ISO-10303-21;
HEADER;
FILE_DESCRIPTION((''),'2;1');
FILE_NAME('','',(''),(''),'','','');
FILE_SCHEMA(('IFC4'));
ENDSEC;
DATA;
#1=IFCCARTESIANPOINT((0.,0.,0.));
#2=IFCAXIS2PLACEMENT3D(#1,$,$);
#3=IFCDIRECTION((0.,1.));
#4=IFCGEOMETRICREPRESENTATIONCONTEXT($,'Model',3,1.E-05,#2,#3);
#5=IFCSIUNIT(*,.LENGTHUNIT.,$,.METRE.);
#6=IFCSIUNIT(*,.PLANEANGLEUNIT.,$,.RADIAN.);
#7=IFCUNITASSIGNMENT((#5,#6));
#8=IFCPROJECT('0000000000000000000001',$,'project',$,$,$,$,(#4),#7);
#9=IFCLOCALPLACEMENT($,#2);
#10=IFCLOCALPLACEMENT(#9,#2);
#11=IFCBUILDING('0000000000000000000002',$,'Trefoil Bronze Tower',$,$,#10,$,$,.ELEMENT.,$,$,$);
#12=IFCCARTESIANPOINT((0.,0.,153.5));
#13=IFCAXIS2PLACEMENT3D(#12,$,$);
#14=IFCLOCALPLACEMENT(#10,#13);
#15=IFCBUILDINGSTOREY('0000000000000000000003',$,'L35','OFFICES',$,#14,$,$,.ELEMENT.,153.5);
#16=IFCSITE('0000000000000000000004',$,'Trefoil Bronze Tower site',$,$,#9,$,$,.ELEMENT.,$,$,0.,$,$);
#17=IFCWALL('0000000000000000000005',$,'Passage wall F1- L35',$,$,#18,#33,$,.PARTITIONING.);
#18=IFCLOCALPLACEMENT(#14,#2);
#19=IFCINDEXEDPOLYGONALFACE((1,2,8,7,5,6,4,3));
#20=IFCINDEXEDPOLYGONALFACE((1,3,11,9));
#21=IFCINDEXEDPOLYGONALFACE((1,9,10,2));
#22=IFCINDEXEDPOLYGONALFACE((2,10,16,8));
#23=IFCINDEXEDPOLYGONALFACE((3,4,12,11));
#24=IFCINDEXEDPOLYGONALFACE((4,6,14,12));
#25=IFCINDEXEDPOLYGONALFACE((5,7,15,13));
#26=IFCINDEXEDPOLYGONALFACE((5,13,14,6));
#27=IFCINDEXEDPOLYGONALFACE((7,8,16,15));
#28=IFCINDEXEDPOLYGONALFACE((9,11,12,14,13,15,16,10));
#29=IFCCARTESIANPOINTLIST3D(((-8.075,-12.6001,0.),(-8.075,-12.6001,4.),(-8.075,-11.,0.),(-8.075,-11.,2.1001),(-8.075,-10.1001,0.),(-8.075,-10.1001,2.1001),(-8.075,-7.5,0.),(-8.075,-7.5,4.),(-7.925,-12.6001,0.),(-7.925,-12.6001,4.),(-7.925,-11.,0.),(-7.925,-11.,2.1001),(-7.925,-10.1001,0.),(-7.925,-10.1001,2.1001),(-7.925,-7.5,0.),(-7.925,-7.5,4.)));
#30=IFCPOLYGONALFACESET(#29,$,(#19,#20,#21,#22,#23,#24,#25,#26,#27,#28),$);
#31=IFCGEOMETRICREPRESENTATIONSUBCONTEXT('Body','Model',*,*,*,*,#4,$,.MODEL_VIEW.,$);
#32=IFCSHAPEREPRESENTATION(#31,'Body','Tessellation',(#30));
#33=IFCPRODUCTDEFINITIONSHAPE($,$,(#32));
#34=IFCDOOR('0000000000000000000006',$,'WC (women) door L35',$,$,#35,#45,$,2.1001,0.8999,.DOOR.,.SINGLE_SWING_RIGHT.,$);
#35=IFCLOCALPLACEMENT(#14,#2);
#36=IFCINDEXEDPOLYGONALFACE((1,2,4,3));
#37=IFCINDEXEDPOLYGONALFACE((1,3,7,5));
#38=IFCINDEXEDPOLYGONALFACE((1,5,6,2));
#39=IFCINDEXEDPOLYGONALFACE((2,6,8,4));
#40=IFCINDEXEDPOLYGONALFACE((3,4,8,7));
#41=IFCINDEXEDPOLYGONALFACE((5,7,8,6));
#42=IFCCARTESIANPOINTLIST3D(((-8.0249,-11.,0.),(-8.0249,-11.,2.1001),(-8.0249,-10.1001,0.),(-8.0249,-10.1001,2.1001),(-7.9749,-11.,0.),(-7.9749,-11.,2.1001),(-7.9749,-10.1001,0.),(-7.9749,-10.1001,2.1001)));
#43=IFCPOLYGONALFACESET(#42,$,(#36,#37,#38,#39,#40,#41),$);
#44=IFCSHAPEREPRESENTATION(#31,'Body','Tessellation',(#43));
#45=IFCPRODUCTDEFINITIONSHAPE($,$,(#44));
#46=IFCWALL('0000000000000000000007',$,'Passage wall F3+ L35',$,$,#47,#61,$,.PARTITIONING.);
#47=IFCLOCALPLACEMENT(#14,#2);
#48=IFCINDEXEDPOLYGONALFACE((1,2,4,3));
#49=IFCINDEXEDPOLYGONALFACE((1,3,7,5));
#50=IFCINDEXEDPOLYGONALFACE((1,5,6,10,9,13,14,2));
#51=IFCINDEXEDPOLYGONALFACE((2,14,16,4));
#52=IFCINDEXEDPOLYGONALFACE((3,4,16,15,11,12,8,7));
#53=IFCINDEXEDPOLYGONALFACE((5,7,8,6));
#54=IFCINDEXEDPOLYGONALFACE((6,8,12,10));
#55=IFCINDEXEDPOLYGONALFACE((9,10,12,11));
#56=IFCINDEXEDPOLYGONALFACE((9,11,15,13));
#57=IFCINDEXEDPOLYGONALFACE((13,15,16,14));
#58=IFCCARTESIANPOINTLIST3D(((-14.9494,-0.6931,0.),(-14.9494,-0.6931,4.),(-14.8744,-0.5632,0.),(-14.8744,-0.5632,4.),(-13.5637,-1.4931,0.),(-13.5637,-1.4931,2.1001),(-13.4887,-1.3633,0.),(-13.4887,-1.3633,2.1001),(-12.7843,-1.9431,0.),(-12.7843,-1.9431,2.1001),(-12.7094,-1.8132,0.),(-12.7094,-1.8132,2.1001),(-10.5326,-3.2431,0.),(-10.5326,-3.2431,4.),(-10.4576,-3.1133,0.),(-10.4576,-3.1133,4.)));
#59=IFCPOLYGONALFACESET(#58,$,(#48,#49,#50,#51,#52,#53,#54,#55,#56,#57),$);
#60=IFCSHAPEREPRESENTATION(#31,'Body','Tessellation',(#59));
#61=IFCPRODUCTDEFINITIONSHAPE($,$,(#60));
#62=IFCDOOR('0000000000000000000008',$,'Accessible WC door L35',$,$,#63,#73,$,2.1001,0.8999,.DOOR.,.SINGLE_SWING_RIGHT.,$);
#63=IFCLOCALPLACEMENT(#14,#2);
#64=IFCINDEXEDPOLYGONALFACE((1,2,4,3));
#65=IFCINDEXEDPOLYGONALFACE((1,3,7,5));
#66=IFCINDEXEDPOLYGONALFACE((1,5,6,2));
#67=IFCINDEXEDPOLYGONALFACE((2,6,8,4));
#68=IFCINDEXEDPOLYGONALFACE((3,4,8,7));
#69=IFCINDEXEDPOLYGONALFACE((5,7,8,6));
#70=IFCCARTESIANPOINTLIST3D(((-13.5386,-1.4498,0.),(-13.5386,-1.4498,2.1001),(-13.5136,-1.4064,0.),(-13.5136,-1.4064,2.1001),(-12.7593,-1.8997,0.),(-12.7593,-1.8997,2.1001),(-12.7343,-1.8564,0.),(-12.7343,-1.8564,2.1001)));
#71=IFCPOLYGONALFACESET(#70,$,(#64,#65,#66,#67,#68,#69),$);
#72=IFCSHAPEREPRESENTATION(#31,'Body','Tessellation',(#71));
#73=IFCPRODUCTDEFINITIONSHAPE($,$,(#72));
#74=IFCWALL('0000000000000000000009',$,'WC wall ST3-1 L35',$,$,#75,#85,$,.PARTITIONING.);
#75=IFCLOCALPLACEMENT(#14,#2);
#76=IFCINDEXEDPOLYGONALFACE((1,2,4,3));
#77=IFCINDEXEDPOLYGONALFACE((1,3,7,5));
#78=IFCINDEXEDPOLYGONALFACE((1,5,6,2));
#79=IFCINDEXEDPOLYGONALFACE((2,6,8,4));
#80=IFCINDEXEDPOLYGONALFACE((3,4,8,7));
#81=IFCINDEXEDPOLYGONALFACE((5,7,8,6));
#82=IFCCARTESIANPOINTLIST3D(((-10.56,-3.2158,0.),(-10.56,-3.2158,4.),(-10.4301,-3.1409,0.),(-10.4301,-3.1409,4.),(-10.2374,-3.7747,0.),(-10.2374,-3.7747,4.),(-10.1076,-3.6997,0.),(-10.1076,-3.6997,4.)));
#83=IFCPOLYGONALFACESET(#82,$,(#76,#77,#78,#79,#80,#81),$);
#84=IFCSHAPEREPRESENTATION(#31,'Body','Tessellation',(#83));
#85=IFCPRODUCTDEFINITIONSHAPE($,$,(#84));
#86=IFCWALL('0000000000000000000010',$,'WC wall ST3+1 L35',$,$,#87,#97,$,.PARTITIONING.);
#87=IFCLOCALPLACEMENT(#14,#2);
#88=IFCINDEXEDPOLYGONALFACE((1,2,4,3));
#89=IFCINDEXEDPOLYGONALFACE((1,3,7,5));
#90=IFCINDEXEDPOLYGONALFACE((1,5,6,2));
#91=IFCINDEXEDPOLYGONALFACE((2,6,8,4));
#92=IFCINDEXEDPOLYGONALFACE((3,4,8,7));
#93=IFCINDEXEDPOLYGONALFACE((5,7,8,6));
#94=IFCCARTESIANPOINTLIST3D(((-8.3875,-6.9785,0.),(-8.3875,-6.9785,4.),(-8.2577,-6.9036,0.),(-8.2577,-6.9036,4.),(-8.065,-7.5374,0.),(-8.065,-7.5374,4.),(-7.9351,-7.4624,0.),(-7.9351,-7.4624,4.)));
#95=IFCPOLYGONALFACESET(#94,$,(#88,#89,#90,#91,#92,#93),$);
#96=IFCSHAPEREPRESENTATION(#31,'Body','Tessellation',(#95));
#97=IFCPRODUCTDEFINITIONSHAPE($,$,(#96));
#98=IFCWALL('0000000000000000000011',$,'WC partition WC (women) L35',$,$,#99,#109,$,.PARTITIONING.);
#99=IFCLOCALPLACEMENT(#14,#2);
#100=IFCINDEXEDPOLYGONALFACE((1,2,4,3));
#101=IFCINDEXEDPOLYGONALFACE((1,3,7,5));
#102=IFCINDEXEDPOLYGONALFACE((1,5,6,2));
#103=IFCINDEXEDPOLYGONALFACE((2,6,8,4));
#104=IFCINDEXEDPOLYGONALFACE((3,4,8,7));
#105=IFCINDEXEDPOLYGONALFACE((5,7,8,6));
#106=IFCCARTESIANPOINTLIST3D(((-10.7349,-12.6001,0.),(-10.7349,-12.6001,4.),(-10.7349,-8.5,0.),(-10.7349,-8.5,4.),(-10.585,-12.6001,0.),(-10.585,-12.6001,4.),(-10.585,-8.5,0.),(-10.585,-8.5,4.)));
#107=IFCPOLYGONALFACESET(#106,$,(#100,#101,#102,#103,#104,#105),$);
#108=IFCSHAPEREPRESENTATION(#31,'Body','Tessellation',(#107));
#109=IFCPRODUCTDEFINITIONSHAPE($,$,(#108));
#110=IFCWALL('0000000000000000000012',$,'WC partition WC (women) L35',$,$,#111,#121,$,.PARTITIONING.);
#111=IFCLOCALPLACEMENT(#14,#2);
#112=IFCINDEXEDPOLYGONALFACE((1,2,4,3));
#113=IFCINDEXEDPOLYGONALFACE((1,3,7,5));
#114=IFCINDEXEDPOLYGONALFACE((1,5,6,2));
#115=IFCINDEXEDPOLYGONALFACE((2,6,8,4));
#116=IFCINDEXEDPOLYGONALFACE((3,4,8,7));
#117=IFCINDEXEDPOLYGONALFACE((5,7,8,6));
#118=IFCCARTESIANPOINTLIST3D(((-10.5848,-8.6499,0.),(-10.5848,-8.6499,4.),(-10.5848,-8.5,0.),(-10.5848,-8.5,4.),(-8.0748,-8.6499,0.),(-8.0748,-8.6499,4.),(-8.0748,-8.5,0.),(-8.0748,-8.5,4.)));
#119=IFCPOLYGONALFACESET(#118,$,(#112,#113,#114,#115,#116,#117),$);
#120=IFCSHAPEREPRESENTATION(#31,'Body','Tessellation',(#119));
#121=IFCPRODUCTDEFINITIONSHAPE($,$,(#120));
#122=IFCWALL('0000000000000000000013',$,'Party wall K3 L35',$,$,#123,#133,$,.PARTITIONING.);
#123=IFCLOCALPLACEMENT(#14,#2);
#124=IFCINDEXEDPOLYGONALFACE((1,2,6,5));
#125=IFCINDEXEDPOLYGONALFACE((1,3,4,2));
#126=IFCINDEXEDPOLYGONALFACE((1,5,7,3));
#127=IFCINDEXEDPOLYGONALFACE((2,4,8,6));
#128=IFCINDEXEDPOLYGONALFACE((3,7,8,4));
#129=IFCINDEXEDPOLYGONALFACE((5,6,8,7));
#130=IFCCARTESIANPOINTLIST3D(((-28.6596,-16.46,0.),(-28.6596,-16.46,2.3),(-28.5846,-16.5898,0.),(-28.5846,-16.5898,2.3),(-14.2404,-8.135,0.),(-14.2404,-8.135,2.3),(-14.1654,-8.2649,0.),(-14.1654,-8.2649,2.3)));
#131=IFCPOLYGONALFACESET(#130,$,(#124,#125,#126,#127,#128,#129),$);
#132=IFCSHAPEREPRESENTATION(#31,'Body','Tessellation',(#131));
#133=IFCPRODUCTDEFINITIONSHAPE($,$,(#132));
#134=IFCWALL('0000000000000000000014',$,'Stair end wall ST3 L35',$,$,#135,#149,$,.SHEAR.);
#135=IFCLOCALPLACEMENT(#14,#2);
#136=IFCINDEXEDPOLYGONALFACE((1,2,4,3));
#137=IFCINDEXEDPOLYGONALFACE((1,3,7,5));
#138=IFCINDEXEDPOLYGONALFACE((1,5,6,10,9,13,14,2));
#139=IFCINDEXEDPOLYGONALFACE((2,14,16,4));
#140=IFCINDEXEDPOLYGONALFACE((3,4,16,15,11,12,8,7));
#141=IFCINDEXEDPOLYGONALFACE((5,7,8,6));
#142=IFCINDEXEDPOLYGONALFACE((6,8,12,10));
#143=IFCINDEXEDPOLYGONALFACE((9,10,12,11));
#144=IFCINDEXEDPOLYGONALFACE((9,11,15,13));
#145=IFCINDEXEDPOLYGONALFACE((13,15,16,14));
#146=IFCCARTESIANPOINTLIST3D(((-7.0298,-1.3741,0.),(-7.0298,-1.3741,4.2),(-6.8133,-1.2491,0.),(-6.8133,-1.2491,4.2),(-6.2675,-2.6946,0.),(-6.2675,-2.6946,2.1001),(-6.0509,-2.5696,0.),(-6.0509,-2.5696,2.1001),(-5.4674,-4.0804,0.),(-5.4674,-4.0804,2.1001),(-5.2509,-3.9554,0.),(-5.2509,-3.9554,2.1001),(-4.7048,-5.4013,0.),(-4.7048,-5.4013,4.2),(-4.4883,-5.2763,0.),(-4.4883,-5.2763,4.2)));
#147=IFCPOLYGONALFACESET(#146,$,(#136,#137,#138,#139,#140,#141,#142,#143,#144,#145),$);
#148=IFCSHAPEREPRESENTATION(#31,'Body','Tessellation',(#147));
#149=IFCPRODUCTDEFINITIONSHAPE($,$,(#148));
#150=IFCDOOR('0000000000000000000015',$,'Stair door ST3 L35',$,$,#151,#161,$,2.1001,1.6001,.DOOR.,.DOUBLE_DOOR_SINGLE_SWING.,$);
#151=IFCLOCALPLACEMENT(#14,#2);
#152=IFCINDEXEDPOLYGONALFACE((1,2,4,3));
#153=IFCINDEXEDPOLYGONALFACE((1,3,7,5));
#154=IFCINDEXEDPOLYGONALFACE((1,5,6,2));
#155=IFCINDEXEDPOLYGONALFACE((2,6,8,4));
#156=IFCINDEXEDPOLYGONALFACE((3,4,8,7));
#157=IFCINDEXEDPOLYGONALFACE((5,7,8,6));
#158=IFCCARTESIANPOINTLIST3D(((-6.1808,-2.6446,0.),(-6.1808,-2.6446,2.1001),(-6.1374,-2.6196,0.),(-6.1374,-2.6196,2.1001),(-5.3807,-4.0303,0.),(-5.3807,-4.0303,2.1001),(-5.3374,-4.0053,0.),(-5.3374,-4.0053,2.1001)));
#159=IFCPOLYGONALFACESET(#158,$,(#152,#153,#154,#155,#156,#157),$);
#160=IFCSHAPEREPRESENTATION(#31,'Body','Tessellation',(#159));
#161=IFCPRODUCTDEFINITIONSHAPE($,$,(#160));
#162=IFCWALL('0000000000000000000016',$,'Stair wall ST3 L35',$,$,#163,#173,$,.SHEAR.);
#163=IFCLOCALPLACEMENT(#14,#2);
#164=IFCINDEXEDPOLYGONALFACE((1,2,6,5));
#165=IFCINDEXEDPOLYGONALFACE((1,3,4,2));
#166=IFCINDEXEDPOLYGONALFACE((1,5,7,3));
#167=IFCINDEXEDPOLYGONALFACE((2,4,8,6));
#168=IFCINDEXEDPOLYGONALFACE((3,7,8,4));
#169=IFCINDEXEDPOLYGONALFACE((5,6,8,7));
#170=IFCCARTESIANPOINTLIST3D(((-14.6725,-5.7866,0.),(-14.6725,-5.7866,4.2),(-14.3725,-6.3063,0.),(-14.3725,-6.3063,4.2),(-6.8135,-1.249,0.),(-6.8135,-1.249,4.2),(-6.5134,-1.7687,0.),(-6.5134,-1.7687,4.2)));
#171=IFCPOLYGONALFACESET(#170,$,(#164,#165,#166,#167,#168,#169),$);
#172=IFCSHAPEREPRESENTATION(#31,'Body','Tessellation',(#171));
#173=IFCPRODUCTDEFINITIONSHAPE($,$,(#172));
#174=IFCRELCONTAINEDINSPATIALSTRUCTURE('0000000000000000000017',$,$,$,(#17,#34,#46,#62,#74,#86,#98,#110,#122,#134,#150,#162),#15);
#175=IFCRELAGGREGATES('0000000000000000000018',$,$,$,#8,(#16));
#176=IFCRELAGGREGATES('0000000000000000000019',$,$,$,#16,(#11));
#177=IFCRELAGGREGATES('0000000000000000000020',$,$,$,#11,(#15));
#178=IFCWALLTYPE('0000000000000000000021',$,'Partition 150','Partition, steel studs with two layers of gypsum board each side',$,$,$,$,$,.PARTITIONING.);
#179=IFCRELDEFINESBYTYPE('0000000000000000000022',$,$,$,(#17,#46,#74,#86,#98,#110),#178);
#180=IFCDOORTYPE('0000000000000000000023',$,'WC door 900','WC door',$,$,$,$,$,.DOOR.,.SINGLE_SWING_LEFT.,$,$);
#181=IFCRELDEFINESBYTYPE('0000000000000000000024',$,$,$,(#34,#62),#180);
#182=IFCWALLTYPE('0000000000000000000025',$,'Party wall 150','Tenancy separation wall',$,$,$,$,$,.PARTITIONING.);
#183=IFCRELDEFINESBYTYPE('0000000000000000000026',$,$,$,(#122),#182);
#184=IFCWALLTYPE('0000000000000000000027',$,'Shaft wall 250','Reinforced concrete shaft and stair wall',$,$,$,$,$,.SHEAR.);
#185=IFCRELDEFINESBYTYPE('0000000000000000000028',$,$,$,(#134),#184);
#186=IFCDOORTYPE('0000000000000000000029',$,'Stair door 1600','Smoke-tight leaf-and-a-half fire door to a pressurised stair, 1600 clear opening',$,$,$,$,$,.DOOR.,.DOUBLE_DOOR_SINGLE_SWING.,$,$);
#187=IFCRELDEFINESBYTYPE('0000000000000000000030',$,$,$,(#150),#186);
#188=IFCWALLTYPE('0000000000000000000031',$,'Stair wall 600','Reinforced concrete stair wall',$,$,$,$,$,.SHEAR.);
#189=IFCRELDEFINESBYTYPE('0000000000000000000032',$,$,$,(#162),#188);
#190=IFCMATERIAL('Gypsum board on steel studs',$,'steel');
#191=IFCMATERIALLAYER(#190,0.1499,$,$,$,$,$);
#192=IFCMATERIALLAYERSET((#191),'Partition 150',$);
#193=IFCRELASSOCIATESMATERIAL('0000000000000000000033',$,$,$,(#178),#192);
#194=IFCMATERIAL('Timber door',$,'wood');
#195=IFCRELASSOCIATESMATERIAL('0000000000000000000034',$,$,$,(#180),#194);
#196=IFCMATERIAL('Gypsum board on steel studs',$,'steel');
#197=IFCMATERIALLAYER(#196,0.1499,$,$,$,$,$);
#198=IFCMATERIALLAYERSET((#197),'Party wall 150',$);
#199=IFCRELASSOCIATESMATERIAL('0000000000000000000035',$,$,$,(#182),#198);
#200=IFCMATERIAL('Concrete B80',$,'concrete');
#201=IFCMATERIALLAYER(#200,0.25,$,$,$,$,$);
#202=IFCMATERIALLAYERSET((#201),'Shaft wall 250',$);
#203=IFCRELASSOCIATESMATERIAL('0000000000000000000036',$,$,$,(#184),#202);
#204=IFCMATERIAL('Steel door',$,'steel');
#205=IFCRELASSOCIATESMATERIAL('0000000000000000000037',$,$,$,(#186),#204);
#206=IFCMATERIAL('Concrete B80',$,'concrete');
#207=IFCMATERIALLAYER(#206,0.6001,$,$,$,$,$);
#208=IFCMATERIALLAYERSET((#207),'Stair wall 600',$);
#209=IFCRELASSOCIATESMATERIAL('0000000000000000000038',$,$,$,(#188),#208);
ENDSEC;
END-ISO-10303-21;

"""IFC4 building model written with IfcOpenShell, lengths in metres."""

from ifc_helpers import new_model, si_unit, direction, frame, frame_2d, origin, place, context, subcontext, project, spatial, rectangle, extrude, material, layer, layer_set, type_object, element, fill, save


model = new_model("IFC4")

# Units and contexts
model_context = context("Model", 3, precision=1e-05, world=origin(), true_north=direction((0.0, 1.0)))
body_context = subcontext(model_context, "Body", "Model", "MODEL_VIEW")
ifc_project = project(units=[si_unit("LENGTHUNIT", "METRE"), si_unit("PLANEANGLEUNIT", "RADIAN")], contexts=[model_context])

# Site, building, storey
site_placement = place(None, origin())
site = spatial("IfcSite", under=ifc_project, at=site_placement, Name="Trefoil Bronze Tower site", CompositionType="ELEMENT", RefElevation=0.0)
building_placement = place(site_placement, origin())
building = spatial("IfcBuilding", under=site, at=building_placement, Name="Trefoil Bronze Tower", CompositionType="ELEMENT")
storey_placement = place(building_placement, frame((0.0, 0.0, 153.5)))
storey = spatial("IfcBuildingStorey", under=building, at=storey_placement, Name="L35", Description="OFFICES", CompositionType="ELEMENT", Elevation=153.5)

# Walls, openings, doors
ifc_material_1 = material(Name="Gypsum board on steel studs", Category="steel")
ifc_layer_1 = layer(ifc_material_1, 0.1499)
ifc_layer_set_1 = layer_set([ifc_layer_1], Name="Partition 150")
wall_type_1 = type_object("IfcWallType", Name="Partition 150", Description="Partition, steel studs with two layers of gypsum board each side", PredefinedType="PARTITIONING", material=ifc_layer_set_1)
wall_1_placement = place(storey_placement, frame((-8.0, -7.5, 0.0), z_axis=(0.0, 0.0, 1.0), x_axis=(0.0, -1.0, 0.0)))
wall_1 = element("IfcWall", 1, at=wall_1_placement, inside=storey, type_object=wall_type_1, Name="Passage wall F1- L35", PredefinedType="PARTITIONING", context=body_context, shape_type="SweptSolid", body=[
    extrude(rectangle(XDim=5.1001, YDim=0.1499, at=frame_2d((2.55, 0.0))), origin(), (0.0, 0.0, 1.0), 4.0),
])
opening_1_placement = place(wall_1_placement, frame((2.6001, 0.0, 0.0)))
opening_1 = element("IfcOpeningElement", 2, at=opening_1_placement, cuts=wall_1, PredefinedType="OPENING", context=body_context, shape_type="SweptSolid", body=[
    extrude(rectangle(XDim=0.8999, YDim=2.1001, at=frame_2d((0.45, 1.05))), frame((0.0, 0.085, 0.0), z_axis=(0.0, -1.0, 0.0), x_axis=(1.0, 0.0, 0.0)), (0.0, 0.0, 1.0), 0.1699),
])
ifc_material_2 = material(Name="Timber door", Category="wood")
door_type_1 = type_object("IfcDoorType", Name="WC door 900", Description="WC door", OperationType="SINGLE_SWING_LEFT", PredefinedType="DOOR", material=ifc_material_2)
door_1_placement = place(opening_1_placement, frame((0.8999, 0.0, 0.0), z_axis=(0.0, 0.0, 1.0), x_axis=(-1.0, 0.0, 0.0)))
door_1 = element("IfcDoor", 3, at=door_1_placement, inside=storey, type_object=door_type_1, Name="WC (women) door L35", OperationType="SINGLE_SWING_RIGHT", OverallHeight=2.1001, OverallWidth=0.8999, PredefinedType="DOOR", context=body_context, shape_type="SweptSolid", body=[
    extrude(rectangle(XDim=0.8999, YDim=2.1001, at=frame_2d((0.45, 1.05))), frame((0.0, 0.0249, 0.0), z_axis=(0.0, -1.0, 0.0), x_axis=(1.0, 0.0, 0.0)), (0.0, 0.0, 1.0), 0.05),
])
fill(opening_1, door_1)
wall_2_placement = place(storey_placement, frame((-10.4951, -3.1782, 0.0), z_axis=(0.0, 0.0, 1.0), x_axis=(-0.866022, 0.500006, 0.0)))
wall_2 = element("IfcWall", 4, at=wall_2_placement, inside=storey, type_object=wall_type_1, Name="Passage wall F3+ L35", PredefinedType="PARTITIONING", context=body_context, shape_type="SweptSolid", body=[
    extrude(rectangle(XDim=5.1001, YDim=0.1499, at=frame_2d((2.55, 0.0))), origin(), (0.0, 0.0, 1.0), 4.0),
])
opening_2_placement = place(wall_2_placement, frame((2.6001, 0.0, 0.0)))
opening_2 = element("IfcOpeningElement", 5, at=opening_2_placement, cuts=wall_2, PredefinedType="OPENING", context=body_context, shape_type="SweptSolid", body=[
    extrude(rectangle(XDim=0.8999, YDim=2.1001, at=frame_2d((0.45, 1.05))), frame((0.0, 0.085, 0.0), z_axis=(0.0, -1.0, 0.0), x_axis=(1.0, 0.0, 0.0)), (0.0, 0.0, 1.0), 0.1699),
])
door_2_placement = place(opening_2_placement, origin())
door_2 = element("IfcDoor", 6, at=door_2_placement, inside=storey, type_object=door_type_1, Name="Accessible WC door L35", OperationType="SINGLE_SWING_RIGHT", OverallHeight=2.1001, OverallWidth=0.8999, PredefinedType="DOOR", context=body_context, shape_type="SweptSolid", body=[
    extrude(rectangle(XDim=0.8999, YDim=2.1001, at=frame_2d((0.45, 1.05))), frame((0.0, 0.0249, 0.0), z_axis=(0.0, -1.0, 0.0), x_axis=(1.0, 0.0, 0.0)), (0.0, 0.0, 1.0), 0.05),
])
fill(opening_2, door_2)

# Walls
for number, where, z_axis, x_axis, name in (
    (7, (-10.4951, -3.1782, 0.0), (0.0, 0.0, 1.0), (0.499843, -0.866116, 0.0), "WC wall ST3-1 L35"),
    (8, (-8.0, -7.5, 0.0), (0.0, 0.0, 1.0), (-0.499843, 0.866116, 0.0), "WC wall ST3+1 L35"),
):
    element("IfcWall", number, at=place(storey_placement, frame(where, z_axis=z_axis, x_axis=x_axis)), inside=storey, type_object=wall_type_1, Name=name, PredefinedType="PARTITIONING", context=body_context, shape_type="SweptSolid", body=[
        extrude(rectangle(XDim=0.6453, YDim=0.1499, at=frame_2d((0.3228, 0.0))), origin(), (0.0, 0.0, 1.0), 4.0),
    ])
wall_3_placement = place(storey_placement, frame((-10.6599, -8.5, 0.0), z_axis=(0.0, 0.0, 1.0), x_axis=(0.0, -1.0, 0.0)))
element("IfcWall", 9, at=wall_3_placement, inside=storey, type_object=wall_type_1, Name="WC partition WC (women) L35", PredefinedType="PARTITIONING", context=body_context, shape_type="SweptSolid", body=[
    extrude(rectangle(XDim=4.1001, YDim=0.1499, at=frame_2d((2.05, 0.0))), origin(), (0.0, 0.0, 1.0), 4.0),
])
wall_4_placement = place(storey_placement, frame((-8.075, -8.575, 0.0), z_axis=(0.0, 0.0, 1.0), x_axis=(-1.0, 0.0, 0.0)))
element("IfcWall", 10, at=wall_4_placement, inside=storey, type_object=wall_type_1, Name="WC partition WC (women) L35", PredefinedType="PARTITIONING", context=body_context, shape_type="SweptSolid", body=[
    extrude(rectangle(XDim=2.51, YDim=0.1499, at=frame_2d((1.2549, 0.0))), origin(), (0.0, 0.0, 1.0), 4.0),
])
ifc_material_3 = material(Name="Gypsum board on steel studs", Category="steel")
ifc_layer_2 = layer(ifc_material_3, 0.1499)
ifc_layer_set_2 = layer_set([ifc_layer_2], Name="Party wall 150")
wall_type_2 = type_object("IfcWallType", Name="Party wall 150", Description="Tenancy separation wall", PredefinedType="PARTITIONING", material=ifc_layer_set_2)
wall_5_placement = place(storey_placement, frame((-14.2029, -8.2, 0.0), z_axis=(0.0, 0.0, 1.0), x_axis=(-0.866025, -0.500001, 0.0)))
element("IfcWall", 11, at=wall_5_placement, inside=storey, type_object=wall_type_2, Name="Party wall K3 L35", PredefinedType="PARTITIONING", context=body_context, shape_type="SweptSolid", body=[
    extrude(rectangle(XDim=16.6499, YDim=0.1499, at=frame_2d((8.325, 0.0))), origin(), (0.0, 0.0, 1.0), 2.3),
])

# Wall, opening, door
ifc_material_4 = material(Name="Concrete B80", Category="concrete")
ifc_layer_3 = layer(ifc_material_4, 0.25)
ifc_layer_set_3 = layer_set([ifc_layer_3], Name="Shaft wall 250")
wall_type_3 = type_object("IfcWallType", Name="Shaft wall 250", Description="Reinforced concrete shaft and stair wall", PredefinedType="SHEAR", material=ifc_layer_set_3)
wall_6_placement = place(storey_placement, frame((-6.9216, -1.3115, 0.0), z_axis=(0.0, 0.0, 1.0), x_axis=(0.499985, -0.866034, 0.0)))
wall_6 = element("IfcWall", 12, at=wall_6_placement, inside=storey, type_object=wall_type_3, Name="Stair end wall ST3 L35", PredefinedType="SHEAR", context=body_context, shape_type="SweptSolid", body=[
    extrude(rectangle(XDim=4.6501, YDim=0.25, at=frame_2d((2.3252, 0.0))), origin(), (0.0, 0.0, 1.0), 4.2),
])
opening_3_placement = place(wall_6_placement, frame((1.5249, 0.0, 0.0)))
opening_3 = element("IfcOpeningElement", 13, at=opening_3_placement, cuts=wall_6, PredefinedType="OPENING", context=body_context, shape_type="SweptSolid", body=[
    extrude(rectangle(XDim=1.6001, YDim=2.1001, at=frame_2d((0.8, 1.05))), frame((0.0, 0.135, 0.0), z_axis=(0.0, -1.0, 0.0), x_axis=(1.0, 0.0, 0.0)), (0.0, 0.0, 1.0), 0.27),
])
ifc_material_5 = material(Name="Steel door", Category="steel")
door_type_2 = type_object("IfcDoorType", Name="Stair door 1600", Description="Smoke-tight leaf-and-a-half fire door to a pressurised stair, 1600 clear opening", OperationType="DOUBLE_DOOR_SINGLE_SWING", PredefinedType="DOOR", material=ifc_material_5)
door_3_placement = place(opening_3_placement, frame((1.6001, 0.0, 0.0), z_axis=(0.0, 0.0, 1.0), x_axis=(-1.0, 0.0, 0.0)))
door_3 = element("IfcDoor", 14, at=door_3_placement, inside=storey, type_object=door_type_2, Name="Stair door ST3 L35", OperationType="DOUBLE_DOOR_SINGLE_SWING", OverallHeight=2.1001, OverallWidth=1.6001, PredefinedType="DOOR", context=body_context, shape_type="SweptSolid", body=[
    extrude(rectangle(XDim=1.6001, YDim=2.1001, at=frame_2d((0.8, 1.05))), frame((0.0, 0.0249, 0.0), z_axis=(0.0, -1.0, 0.0), x_axis=(1.0, 0.0, 0.0)), (0.0, 0.0, 1.0), 0.05),
])
fill(opening_3, door_3)

# Wall
ifc_material_6 = material(Name="Concrete B80", Category="concrete")
ifc_layer_4 = layer(ifc_material_6, 0.6001)
ifc_layer_set_4 = layer_set([ifc_layer_4], Name="Stair wall 600")
wall_type_4 = type_object("IfcWallType", Name="Stair wall 600", Description="Reinforced concrete stair wall", PredefinedType="SHEAR", material=ifc_layer_set_4)
wall_7_placement = place(storey_placement, frame((-6.6633, -1.5088, 0.0), z_axis=(0.0, 0.0, 1.0), x_axis=(-0.866019, -0.50001, 0.0)))
element("IfcWall", 15, at=wall_7_placement, inside=storey, type_object=wall_type_4, Name="Stair wall ST3 L35", PredefinedType="SHEAR", context=body_context, shape_type="SweptSolid", body=[
    extrude(rectangle(XDim=9.075, YDim=0.6001, at=frame_2d((4.5376, 0.0))), origin(), (0.0, 0.0, 1.0), 4.2),
])

save(model, "model.ifc")
